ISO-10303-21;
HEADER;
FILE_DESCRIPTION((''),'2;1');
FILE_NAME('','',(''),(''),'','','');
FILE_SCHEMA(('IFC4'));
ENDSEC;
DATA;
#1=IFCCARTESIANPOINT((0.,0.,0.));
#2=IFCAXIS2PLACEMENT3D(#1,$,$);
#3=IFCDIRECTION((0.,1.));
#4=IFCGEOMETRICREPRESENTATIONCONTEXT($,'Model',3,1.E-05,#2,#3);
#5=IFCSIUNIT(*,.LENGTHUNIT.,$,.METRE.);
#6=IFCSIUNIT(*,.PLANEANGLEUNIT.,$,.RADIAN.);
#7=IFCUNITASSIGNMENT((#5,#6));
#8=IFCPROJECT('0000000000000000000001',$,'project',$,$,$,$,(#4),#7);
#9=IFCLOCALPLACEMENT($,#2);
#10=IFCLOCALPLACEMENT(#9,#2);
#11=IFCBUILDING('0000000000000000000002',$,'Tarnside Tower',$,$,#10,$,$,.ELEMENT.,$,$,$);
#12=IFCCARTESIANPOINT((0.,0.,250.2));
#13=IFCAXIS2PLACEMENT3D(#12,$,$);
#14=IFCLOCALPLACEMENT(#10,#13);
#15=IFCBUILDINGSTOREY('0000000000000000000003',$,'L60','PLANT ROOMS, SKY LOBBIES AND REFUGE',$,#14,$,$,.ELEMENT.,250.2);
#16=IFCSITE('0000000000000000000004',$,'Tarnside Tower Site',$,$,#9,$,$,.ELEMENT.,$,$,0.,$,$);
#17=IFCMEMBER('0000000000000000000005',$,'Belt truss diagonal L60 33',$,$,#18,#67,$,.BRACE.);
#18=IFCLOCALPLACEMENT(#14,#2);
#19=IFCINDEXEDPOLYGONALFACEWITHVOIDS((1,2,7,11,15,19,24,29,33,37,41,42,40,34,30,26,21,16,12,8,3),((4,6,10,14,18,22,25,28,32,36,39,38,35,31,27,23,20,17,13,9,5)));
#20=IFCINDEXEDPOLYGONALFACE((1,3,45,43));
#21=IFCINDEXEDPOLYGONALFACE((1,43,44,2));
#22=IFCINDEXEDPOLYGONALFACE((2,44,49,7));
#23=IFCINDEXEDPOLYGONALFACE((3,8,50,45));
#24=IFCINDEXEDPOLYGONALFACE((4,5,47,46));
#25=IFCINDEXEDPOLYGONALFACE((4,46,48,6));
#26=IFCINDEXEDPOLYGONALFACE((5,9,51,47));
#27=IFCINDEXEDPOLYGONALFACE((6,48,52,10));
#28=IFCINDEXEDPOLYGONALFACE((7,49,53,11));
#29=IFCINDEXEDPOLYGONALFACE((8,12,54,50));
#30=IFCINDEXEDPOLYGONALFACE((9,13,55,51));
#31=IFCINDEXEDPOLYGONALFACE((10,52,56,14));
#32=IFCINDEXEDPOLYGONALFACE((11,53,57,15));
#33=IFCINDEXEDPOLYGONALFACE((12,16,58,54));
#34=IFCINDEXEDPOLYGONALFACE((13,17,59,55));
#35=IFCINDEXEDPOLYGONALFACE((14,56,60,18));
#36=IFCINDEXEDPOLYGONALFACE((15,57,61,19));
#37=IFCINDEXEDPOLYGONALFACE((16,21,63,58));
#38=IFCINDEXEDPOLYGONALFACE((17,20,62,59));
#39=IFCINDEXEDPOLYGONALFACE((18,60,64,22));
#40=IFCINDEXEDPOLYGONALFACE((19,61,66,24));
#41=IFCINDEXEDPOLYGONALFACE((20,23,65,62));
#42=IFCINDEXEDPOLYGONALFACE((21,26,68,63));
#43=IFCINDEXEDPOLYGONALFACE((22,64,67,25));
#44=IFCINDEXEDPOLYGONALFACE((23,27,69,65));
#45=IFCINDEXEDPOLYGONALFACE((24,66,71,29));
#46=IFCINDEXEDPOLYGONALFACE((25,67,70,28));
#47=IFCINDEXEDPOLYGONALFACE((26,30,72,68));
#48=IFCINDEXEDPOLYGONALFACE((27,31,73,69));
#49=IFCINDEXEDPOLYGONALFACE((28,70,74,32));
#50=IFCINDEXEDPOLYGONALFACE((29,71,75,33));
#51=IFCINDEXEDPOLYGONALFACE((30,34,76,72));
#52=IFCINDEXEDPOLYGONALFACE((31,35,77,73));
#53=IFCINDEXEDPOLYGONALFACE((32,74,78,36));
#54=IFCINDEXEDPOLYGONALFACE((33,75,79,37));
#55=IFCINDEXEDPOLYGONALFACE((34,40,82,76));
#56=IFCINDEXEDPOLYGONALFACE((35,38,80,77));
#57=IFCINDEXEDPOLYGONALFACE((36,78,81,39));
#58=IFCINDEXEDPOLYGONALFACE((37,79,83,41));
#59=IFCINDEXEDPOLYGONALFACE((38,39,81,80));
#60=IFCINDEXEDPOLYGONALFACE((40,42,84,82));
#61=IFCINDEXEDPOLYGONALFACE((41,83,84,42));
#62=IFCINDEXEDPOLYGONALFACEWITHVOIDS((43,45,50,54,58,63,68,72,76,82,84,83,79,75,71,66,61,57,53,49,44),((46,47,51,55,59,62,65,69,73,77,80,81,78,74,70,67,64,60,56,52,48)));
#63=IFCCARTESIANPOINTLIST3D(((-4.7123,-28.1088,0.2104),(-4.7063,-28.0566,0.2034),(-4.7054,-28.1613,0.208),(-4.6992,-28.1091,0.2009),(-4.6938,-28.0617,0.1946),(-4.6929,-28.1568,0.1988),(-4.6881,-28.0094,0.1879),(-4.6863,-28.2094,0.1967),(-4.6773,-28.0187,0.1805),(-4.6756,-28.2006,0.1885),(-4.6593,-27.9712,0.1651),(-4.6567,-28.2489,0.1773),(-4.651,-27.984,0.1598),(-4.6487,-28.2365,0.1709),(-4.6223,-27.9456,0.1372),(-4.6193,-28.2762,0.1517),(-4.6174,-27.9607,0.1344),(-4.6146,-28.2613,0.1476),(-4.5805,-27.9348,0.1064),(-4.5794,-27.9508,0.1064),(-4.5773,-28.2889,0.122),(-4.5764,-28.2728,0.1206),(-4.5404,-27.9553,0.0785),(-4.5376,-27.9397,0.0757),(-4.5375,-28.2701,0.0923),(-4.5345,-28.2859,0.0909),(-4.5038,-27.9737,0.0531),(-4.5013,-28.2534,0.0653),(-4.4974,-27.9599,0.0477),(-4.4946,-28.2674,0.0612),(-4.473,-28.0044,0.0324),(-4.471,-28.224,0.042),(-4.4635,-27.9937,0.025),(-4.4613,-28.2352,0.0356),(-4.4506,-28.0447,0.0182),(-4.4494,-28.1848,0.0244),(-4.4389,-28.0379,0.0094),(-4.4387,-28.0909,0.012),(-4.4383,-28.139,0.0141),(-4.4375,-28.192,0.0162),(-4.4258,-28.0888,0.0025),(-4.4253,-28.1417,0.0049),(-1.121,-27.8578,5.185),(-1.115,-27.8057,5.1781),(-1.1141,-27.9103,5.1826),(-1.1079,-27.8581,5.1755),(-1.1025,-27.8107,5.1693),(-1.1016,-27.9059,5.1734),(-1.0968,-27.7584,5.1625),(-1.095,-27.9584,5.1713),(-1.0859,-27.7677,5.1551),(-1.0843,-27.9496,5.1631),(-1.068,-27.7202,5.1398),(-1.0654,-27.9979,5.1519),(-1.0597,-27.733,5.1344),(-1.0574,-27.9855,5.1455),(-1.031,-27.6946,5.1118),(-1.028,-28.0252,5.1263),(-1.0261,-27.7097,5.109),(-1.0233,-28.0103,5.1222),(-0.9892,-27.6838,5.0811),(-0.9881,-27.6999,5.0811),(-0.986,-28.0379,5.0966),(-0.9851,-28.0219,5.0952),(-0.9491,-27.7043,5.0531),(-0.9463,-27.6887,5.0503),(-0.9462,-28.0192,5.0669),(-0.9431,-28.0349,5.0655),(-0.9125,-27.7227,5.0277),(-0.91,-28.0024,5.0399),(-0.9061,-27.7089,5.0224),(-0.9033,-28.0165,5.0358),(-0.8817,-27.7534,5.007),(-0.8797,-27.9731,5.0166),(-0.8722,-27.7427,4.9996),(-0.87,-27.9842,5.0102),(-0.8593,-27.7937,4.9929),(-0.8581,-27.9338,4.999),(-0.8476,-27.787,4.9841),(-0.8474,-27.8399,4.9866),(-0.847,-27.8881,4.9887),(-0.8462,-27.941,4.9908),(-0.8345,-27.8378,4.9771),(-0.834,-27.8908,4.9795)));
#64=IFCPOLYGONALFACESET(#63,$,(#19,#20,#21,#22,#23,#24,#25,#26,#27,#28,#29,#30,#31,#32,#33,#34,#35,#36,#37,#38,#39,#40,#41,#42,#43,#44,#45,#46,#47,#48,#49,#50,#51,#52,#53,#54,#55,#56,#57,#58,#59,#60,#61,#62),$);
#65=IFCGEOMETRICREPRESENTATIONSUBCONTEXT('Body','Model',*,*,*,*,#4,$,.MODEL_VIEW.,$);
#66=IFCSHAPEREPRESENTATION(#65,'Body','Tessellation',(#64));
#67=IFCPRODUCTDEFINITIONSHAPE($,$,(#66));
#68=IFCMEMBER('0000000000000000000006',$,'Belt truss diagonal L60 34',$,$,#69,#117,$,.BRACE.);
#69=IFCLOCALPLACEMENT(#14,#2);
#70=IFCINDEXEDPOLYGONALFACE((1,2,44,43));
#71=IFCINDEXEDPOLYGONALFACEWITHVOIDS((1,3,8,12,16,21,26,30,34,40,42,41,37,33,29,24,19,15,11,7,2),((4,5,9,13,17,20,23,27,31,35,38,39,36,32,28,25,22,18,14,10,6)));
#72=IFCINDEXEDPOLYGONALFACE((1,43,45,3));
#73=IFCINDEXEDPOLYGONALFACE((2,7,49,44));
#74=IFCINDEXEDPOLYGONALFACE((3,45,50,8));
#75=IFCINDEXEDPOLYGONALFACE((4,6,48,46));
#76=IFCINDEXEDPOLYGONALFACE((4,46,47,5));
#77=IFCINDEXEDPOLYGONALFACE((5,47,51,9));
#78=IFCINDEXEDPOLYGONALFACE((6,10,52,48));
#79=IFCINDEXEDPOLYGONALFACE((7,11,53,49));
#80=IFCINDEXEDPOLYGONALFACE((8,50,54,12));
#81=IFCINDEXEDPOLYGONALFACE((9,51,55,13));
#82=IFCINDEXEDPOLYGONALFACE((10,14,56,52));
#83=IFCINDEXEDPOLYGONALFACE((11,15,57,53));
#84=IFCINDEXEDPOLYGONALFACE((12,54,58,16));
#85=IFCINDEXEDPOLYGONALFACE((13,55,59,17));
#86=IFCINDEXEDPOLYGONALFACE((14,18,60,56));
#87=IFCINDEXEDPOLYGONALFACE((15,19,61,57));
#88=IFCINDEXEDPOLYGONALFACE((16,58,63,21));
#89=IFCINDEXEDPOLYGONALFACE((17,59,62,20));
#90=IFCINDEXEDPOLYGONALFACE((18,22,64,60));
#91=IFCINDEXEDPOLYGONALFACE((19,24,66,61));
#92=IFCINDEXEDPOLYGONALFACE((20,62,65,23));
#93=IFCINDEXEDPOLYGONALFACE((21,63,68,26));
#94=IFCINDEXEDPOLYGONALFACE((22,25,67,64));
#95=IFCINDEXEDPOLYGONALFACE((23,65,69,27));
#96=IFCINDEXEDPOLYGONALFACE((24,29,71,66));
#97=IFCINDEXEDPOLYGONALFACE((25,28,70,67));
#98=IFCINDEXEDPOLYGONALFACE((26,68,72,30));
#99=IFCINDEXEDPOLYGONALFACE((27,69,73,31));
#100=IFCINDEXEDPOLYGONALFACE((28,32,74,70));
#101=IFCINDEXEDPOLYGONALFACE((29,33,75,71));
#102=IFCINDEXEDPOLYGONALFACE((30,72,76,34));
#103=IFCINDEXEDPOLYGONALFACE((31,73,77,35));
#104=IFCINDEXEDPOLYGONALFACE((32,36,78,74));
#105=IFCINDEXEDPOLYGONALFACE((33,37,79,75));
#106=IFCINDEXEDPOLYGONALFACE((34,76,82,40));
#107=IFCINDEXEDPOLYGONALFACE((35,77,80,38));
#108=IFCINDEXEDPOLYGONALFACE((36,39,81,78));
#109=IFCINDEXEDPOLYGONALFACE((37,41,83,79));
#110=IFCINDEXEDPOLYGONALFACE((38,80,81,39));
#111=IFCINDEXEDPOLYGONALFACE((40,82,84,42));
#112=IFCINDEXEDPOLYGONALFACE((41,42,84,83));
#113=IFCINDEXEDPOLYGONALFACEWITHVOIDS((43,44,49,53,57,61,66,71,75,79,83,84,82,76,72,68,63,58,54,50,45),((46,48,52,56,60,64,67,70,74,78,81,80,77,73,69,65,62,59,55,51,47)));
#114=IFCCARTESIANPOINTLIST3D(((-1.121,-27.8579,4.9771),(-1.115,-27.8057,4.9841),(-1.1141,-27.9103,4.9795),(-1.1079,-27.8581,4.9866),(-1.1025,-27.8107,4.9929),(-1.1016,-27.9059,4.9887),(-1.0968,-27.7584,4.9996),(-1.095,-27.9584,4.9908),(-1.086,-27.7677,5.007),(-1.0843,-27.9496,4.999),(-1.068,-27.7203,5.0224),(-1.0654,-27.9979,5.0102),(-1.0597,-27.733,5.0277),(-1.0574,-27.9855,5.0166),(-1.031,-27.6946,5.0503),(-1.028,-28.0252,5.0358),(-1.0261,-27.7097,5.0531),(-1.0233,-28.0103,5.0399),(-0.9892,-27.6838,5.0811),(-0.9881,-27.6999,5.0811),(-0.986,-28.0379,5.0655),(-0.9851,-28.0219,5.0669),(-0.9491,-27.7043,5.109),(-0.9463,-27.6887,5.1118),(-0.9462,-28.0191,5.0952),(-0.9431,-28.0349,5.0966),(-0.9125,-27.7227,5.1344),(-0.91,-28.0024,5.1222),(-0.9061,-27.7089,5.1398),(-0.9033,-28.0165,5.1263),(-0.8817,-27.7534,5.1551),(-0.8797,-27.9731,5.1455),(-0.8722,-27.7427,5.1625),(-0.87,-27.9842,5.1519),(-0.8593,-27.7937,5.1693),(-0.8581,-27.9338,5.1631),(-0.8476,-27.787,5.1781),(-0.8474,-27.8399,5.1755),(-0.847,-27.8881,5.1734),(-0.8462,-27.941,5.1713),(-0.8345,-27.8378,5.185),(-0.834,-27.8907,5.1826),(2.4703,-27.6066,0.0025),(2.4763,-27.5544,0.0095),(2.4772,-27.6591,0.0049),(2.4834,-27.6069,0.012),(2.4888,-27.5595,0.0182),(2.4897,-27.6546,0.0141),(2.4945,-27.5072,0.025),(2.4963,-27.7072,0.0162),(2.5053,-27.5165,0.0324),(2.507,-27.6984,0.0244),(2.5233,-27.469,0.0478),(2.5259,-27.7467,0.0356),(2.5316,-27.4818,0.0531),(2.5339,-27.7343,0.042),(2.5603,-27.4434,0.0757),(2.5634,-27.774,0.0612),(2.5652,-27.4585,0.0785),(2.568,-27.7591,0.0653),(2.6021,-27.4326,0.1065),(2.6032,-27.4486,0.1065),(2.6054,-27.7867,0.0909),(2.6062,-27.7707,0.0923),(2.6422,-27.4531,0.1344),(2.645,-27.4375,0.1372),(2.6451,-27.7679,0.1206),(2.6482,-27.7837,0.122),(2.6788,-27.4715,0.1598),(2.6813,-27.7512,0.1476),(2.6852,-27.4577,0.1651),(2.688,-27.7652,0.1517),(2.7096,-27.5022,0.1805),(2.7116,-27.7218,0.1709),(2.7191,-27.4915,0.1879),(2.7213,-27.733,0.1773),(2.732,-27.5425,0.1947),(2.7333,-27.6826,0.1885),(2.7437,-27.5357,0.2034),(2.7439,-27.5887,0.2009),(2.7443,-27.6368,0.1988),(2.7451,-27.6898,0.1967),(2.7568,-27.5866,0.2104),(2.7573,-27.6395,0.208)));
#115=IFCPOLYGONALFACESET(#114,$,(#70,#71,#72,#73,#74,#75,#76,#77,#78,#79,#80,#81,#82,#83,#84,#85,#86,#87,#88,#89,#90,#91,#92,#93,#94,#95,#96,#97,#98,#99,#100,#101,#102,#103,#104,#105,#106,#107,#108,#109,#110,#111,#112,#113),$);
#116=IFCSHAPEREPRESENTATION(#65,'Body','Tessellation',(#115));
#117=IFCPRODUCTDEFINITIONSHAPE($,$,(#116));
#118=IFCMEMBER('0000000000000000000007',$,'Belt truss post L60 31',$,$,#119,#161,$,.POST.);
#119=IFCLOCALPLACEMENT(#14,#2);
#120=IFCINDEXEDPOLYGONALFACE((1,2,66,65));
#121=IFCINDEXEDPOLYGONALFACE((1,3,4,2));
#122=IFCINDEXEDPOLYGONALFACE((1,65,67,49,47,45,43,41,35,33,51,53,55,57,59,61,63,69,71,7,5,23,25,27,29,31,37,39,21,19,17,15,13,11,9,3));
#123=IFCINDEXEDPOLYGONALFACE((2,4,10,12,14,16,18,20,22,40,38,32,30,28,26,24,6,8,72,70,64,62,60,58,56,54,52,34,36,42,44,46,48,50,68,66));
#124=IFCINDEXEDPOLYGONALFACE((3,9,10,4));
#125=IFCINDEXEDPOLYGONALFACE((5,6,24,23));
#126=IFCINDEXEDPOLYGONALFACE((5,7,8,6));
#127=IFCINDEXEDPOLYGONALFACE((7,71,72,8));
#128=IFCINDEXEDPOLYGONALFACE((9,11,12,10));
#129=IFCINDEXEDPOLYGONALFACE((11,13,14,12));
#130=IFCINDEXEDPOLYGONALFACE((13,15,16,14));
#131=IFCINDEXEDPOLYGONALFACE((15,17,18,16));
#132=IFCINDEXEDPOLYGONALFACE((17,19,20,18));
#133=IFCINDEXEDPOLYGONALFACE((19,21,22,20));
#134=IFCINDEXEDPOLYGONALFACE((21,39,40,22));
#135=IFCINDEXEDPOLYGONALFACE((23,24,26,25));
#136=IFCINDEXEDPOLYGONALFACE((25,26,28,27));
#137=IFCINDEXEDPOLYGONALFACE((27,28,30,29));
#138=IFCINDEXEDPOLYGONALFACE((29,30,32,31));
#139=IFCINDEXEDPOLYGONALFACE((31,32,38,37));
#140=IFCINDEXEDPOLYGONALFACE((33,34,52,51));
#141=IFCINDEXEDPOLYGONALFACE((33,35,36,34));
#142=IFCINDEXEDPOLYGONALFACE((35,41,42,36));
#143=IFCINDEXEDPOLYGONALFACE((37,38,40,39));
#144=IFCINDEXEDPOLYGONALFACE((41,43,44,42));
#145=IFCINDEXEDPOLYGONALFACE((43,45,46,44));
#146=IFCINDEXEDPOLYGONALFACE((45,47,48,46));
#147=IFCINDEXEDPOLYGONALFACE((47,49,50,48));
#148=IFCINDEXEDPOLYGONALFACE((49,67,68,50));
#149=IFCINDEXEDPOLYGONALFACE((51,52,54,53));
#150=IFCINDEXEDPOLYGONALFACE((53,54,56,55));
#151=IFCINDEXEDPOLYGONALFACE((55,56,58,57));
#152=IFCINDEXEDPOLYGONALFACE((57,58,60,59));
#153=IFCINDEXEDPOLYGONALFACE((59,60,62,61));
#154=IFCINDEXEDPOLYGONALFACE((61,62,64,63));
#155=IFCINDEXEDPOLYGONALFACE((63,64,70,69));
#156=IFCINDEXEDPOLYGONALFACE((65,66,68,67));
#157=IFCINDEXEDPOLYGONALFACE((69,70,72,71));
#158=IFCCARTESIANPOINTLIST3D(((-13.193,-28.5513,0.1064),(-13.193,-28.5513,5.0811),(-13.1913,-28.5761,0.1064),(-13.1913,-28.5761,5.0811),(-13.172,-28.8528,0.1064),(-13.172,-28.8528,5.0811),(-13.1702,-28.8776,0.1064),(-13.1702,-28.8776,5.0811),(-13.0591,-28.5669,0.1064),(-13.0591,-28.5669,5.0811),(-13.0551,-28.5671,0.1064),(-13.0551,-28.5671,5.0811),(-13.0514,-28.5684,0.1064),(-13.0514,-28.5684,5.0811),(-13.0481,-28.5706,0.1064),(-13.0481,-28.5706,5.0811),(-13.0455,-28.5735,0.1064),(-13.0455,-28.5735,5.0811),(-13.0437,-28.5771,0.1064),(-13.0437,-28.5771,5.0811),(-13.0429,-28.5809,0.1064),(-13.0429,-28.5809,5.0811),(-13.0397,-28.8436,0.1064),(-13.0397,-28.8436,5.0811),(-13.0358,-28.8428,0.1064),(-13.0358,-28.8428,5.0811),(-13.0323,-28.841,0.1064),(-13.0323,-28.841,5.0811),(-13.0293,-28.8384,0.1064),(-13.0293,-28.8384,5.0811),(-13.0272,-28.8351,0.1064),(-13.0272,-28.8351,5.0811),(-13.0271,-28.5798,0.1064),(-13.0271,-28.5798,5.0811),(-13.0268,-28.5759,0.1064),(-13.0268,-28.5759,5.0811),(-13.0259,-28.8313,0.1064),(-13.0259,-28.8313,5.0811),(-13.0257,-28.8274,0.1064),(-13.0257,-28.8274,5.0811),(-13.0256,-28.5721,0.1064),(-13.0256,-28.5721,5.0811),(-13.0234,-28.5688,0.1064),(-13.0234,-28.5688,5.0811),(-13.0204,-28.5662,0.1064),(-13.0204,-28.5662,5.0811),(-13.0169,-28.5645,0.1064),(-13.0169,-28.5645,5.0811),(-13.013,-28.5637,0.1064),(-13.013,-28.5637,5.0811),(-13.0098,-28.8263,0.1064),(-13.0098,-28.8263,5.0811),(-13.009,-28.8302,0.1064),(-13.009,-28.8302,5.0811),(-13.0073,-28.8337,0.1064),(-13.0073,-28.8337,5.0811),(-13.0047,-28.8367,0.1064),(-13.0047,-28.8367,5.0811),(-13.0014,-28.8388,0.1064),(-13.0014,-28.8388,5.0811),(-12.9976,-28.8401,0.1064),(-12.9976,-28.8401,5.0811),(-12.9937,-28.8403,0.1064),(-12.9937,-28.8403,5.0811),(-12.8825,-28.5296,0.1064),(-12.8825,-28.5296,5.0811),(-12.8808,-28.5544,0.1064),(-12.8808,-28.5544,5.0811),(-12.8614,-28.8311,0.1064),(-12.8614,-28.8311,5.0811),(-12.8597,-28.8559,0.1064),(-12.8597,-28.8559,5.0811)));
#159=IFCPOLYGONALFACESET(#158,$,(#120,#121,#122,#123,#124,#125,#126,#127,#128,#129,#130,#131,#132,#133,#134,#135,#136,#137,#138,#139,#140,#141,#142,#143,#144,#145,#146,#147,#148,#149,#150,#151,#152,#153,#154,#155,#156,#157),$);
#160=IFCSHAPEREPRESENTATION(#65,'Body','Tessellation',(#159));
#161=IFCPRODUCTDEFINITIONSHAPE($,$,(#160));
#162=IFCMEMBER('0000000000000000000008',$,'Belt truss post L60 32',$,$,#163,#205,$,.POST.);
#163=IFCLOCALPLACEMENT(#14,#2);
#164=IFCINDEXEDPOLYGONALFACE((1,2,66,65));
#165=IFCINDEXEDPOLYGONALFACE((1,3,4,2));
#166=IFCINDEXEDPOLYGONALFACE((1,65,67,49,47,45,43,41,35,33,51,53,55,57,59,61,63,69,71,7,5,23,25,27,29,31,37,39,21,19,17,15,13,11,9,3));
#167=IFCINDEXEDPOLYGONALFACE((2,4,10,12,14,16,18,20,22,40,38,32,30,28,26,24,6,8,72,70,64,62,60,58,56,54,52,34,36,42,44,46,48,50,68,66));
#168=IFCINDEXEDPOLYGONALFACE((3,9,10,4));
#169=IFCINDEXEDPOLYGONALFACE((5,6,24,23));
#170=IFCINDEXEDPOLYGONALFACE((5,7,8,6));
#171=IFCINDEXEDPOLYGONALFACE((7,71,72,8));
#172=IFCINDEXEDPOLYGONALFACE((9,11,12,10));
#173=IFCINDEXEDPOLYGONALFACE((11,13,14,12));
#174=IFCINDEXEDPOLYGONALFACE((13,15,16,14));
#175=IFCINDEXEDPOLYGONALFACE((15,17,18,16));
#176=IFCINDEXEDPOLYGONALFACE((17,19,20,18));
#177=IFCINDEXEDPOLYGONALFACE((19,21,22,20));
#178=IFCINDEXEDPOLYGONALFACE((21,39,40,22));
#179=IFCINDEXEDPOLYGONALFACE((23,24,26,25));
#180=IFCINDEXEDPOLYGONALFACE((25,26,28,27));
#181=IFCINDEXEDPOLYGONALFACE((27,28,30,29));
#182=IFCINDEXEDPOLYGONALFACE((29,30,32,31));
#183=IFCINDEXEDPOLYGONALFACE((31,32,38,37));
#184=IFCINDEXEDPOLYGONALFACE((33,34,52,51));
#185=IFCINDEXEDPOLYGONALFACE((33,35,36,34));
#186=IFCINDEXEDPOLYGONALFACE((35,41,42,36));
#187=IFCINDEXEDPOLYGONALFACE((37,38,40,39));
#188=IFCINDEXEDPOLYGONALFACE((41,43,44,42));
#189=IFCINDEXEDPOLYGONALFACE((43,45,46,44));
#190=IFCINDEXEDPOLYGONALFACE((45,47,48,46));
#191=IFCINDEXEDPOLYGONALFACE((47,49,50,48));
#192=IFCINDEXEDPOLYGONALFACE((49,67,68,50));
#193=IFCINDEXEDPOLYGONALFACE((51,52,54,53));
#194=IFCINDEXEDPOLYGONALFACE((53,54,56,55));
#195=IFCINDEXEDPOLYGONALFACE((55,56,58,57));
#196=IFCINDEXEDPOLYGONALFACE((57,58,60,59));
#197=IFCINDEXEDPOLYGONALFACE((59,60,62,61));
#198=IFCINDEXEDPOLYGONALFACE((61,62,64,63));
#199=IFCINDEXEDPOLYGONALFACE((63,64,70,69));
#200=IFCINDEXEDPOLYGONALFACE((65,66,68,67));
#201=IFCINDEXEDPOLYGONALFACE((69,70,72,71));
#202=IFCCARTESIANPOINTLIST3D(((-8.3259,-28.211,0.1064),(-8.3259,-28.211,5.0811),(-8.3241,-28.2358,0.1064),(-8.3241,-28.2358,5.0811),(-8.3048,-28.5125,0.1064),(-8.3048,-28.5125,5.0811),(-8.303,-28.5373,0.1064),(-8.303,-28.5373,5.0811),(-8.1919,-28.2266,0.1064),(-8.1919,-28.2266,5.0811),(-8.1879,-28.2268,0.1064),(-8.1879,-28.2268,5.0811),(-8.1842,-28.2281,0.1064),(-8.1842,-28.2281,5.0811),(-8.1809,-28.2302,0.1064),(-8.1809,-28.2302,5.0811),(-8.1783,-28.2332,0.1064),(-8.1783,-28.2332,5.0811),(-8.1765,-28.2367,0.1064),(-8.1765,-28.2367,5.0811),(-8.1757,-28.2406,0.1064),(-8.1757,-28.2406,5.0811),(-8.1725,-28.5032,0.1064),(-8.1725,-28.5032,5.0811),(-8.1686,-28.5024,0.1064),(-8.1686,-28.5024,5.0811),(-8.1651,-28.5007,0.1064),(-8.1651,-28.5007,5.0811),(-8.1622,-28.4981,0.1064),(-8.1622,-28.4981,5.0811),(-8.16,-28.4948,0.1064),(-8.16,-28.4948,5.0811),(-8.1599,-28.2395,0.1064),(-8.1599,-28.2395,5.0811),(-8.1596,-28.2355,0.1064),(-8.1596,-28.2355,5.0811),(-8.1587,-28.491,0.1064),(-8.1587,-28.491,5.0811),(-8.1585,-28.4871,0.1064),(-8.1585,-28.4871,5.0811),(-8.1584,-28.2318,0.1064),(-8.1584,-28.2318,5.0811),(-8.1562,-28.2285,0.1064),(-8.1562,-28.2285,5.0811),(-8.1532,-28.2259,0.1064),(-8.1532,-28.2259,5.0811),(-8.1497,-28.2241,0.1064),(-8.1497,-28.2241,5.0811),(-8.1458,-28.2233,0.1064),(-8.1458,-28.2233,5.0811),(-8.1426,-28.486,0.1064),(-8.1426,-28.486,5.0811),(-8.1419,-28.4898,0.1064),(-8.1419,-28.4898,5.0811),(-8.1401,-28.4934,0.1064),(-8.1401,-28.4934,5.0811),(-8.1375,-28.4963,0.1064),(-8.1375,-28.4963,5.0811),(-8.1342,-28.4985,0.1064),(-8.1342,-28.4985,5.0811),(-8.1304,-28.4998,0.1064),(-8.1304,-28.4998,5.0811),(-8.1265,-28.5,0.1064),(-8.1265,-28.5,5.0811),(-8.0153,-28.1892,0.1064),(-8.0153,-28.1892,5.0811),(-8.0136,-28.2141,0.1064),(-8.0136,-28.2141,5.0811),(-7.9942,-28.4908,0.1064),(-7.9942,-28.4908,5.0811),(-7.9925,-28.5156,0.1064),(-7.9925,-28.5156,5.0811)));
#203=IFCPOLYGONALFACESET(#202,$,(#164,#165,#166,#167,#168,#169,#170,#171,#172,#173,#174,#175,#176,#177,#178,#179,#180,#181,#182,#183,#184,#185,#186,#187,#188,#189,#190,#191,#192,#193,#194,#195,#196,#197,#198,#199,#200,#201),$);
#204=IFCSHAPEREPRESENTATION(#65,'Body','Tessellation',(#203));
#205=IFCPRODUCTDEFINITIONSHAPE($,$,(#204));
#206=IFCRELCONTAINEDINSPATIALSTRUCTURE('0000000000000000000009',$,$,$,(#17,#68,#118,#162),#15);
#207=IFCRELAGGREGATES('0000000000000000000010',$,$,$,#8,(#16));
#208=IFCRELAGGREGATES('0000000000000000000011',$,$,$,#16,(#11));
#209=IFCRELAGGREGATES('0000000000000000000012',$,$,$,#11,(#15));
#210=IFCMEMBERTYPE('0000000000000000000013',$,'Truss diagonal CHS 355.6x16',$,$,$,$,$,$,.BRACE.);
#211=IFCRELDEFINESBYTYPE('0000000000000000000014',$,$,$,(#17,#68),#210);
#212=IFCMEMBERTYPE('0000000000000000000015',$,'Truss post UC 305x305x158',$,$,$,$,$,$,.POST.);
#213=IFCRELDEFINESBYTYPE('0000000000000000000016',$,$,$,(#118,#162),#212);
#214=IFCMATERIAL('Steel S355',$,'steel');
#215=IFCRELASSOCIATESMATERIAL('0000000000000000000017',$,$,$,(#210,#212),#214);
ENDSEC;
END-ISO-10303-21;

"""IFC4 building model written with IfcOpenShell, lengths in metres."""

from ifc_helpers import new_model, si_unit, direction, frame, origin, origin_2d, place, context, subcontext, project, spatial, hollow_circle, i_section, extrude, material, material_profile, profile_set, type_object, element, save


model = new_model("IFC4")

# Units and contexts
model_context = context("Model", 3, precision=1e-05, world=origin(), true_north=direction((0.0, 1.0)))
body_context = subcontext(model_context, "Body", "Model", "MODEL_VIEW")
ifc_project = project(units=[si_unit("LENGTHUNIT", "METRE"), si_unit("PLANEANGLEUNIT", "RADIAN")], contexts=[model_context])

# Site, building, storey
site_placement = place(None, origin())
site = spatial("IfcSite", under=ifc_project, at=site_placement, Name="Tarnside Tower Site", CompositionType="ELEMENT", RefElevation=0.0)
building_placement = place(site_placement, origin())
building = spatial("IfcBuilding", under=site, at=building_placement, Name="Tarnside Tower", CompositionType="ELEMENT")
storey_placement = place(building_placement, frame((0.0, 0.0, 250.2)))
storey = spatial("IfcBuildingStorey", under=building, at=storey_placement, Name="L60", Description="PLANT ROOMS, SKY LOBBIES AND REFUGE", CompositionType="ELEMENT", Elevation=250.2)

# Shared definitions
ifc_material_1 = material(Name="Steel S355", Category="steel")

# Members
ifc_material_profile_1 = material_profile(ifc_material_1, hollow_circle(Radius=0.1777, WallThickness=0.0161, at=origin_2d()), Name="CHS 355.6x16")
ifc_profile_set_1 = profile_set([ifc_material_profile_1], Name="Steel S355")
member_type_1 = type_object("IfcMemberType", Name="Truss diagonal CHS 355.6x16", PredefinedType="BRACE", material=ifc_profile_set_1)
for number, where, z_axis, x_axis, name in (
    (1, (-4.5681, -28.1121, 0.1064), (0.584845, 0.040872, 0.810115), (-0.069714, 0.997567, 0.0), "Belt truss diagonal L60 33"),
    (2, (-0.9768, -27.8611, 5.0811), (0.584844, 0.040911, -0.810114), (-0.069782, 0.997562, 0.0), "Belt truss diagonal L60 34"),
):
    element("IfcMember", number, at=place(storey_placement, frame(where, z_axis=z_axis, x_axis=x_axis)), inside=storey, type_object=member_type_1, Name=name, PredefinedType="BRACE", context=body_context, shape_type="SweptSolid", body=[
        extrude(hollow_circle(Radius=0.1777, WallThickness=0.0161, at=origin_2d()), origin(), (0.0, 0.0, 1.0), 6.1406),
    ])
ifc_material_profile_2 = material_profile(ifc_material_1, i_section(OverallWidth=0.3113, OverallDepth=0.3271, WebThickness=0.0159, FlangeThickness=0.0249, FilletRadius=0.0151, at=origin_2d()), Name="UC 305x305x158")
ifc_profile_set_2 = profile_set([ifc_material_profile_2], Name="Steel S355")
member_type_2 = type_object("IfcMemberType", Name="Truss post UC 305x305x158", PredefinedType="POST", material=ifc_profile_set_2)
for number, where, z_axis, x_axis, name in (
    (3, (-13.0264, -28.7036, 0.1064), (0.0, 0.0, 1.0), (0.997564, 0.069756, 0.0), "Belt truss post L60 31"),
    (4, (-8.1592, -28.3633, 0.1064), (0.0, 0.0, 1.0), (0.997564, 0.069756, 0.0), "Belt truss post L60 32"),
):
    element("IfcMember", number, at=place(storey_placement, frame(where, z_axis=z_axis, x_axis=x_axis)), inside=storey, type_object=member_type_2, Name=name, PredefinedType="POST", context=body_context, shape_type="SweptSolid", body=[
        extrude(i_section(OverallWidth=0.3113, OverallDepth=0.3271, WebThickness=0.0159, FlangeThickness=0.0249, FilletRadius=0.0151, at=origin_2d()), origin(), (0.0, 0.0, 1.0), 4.9746),
    ])

save(model, "model.ifc")
